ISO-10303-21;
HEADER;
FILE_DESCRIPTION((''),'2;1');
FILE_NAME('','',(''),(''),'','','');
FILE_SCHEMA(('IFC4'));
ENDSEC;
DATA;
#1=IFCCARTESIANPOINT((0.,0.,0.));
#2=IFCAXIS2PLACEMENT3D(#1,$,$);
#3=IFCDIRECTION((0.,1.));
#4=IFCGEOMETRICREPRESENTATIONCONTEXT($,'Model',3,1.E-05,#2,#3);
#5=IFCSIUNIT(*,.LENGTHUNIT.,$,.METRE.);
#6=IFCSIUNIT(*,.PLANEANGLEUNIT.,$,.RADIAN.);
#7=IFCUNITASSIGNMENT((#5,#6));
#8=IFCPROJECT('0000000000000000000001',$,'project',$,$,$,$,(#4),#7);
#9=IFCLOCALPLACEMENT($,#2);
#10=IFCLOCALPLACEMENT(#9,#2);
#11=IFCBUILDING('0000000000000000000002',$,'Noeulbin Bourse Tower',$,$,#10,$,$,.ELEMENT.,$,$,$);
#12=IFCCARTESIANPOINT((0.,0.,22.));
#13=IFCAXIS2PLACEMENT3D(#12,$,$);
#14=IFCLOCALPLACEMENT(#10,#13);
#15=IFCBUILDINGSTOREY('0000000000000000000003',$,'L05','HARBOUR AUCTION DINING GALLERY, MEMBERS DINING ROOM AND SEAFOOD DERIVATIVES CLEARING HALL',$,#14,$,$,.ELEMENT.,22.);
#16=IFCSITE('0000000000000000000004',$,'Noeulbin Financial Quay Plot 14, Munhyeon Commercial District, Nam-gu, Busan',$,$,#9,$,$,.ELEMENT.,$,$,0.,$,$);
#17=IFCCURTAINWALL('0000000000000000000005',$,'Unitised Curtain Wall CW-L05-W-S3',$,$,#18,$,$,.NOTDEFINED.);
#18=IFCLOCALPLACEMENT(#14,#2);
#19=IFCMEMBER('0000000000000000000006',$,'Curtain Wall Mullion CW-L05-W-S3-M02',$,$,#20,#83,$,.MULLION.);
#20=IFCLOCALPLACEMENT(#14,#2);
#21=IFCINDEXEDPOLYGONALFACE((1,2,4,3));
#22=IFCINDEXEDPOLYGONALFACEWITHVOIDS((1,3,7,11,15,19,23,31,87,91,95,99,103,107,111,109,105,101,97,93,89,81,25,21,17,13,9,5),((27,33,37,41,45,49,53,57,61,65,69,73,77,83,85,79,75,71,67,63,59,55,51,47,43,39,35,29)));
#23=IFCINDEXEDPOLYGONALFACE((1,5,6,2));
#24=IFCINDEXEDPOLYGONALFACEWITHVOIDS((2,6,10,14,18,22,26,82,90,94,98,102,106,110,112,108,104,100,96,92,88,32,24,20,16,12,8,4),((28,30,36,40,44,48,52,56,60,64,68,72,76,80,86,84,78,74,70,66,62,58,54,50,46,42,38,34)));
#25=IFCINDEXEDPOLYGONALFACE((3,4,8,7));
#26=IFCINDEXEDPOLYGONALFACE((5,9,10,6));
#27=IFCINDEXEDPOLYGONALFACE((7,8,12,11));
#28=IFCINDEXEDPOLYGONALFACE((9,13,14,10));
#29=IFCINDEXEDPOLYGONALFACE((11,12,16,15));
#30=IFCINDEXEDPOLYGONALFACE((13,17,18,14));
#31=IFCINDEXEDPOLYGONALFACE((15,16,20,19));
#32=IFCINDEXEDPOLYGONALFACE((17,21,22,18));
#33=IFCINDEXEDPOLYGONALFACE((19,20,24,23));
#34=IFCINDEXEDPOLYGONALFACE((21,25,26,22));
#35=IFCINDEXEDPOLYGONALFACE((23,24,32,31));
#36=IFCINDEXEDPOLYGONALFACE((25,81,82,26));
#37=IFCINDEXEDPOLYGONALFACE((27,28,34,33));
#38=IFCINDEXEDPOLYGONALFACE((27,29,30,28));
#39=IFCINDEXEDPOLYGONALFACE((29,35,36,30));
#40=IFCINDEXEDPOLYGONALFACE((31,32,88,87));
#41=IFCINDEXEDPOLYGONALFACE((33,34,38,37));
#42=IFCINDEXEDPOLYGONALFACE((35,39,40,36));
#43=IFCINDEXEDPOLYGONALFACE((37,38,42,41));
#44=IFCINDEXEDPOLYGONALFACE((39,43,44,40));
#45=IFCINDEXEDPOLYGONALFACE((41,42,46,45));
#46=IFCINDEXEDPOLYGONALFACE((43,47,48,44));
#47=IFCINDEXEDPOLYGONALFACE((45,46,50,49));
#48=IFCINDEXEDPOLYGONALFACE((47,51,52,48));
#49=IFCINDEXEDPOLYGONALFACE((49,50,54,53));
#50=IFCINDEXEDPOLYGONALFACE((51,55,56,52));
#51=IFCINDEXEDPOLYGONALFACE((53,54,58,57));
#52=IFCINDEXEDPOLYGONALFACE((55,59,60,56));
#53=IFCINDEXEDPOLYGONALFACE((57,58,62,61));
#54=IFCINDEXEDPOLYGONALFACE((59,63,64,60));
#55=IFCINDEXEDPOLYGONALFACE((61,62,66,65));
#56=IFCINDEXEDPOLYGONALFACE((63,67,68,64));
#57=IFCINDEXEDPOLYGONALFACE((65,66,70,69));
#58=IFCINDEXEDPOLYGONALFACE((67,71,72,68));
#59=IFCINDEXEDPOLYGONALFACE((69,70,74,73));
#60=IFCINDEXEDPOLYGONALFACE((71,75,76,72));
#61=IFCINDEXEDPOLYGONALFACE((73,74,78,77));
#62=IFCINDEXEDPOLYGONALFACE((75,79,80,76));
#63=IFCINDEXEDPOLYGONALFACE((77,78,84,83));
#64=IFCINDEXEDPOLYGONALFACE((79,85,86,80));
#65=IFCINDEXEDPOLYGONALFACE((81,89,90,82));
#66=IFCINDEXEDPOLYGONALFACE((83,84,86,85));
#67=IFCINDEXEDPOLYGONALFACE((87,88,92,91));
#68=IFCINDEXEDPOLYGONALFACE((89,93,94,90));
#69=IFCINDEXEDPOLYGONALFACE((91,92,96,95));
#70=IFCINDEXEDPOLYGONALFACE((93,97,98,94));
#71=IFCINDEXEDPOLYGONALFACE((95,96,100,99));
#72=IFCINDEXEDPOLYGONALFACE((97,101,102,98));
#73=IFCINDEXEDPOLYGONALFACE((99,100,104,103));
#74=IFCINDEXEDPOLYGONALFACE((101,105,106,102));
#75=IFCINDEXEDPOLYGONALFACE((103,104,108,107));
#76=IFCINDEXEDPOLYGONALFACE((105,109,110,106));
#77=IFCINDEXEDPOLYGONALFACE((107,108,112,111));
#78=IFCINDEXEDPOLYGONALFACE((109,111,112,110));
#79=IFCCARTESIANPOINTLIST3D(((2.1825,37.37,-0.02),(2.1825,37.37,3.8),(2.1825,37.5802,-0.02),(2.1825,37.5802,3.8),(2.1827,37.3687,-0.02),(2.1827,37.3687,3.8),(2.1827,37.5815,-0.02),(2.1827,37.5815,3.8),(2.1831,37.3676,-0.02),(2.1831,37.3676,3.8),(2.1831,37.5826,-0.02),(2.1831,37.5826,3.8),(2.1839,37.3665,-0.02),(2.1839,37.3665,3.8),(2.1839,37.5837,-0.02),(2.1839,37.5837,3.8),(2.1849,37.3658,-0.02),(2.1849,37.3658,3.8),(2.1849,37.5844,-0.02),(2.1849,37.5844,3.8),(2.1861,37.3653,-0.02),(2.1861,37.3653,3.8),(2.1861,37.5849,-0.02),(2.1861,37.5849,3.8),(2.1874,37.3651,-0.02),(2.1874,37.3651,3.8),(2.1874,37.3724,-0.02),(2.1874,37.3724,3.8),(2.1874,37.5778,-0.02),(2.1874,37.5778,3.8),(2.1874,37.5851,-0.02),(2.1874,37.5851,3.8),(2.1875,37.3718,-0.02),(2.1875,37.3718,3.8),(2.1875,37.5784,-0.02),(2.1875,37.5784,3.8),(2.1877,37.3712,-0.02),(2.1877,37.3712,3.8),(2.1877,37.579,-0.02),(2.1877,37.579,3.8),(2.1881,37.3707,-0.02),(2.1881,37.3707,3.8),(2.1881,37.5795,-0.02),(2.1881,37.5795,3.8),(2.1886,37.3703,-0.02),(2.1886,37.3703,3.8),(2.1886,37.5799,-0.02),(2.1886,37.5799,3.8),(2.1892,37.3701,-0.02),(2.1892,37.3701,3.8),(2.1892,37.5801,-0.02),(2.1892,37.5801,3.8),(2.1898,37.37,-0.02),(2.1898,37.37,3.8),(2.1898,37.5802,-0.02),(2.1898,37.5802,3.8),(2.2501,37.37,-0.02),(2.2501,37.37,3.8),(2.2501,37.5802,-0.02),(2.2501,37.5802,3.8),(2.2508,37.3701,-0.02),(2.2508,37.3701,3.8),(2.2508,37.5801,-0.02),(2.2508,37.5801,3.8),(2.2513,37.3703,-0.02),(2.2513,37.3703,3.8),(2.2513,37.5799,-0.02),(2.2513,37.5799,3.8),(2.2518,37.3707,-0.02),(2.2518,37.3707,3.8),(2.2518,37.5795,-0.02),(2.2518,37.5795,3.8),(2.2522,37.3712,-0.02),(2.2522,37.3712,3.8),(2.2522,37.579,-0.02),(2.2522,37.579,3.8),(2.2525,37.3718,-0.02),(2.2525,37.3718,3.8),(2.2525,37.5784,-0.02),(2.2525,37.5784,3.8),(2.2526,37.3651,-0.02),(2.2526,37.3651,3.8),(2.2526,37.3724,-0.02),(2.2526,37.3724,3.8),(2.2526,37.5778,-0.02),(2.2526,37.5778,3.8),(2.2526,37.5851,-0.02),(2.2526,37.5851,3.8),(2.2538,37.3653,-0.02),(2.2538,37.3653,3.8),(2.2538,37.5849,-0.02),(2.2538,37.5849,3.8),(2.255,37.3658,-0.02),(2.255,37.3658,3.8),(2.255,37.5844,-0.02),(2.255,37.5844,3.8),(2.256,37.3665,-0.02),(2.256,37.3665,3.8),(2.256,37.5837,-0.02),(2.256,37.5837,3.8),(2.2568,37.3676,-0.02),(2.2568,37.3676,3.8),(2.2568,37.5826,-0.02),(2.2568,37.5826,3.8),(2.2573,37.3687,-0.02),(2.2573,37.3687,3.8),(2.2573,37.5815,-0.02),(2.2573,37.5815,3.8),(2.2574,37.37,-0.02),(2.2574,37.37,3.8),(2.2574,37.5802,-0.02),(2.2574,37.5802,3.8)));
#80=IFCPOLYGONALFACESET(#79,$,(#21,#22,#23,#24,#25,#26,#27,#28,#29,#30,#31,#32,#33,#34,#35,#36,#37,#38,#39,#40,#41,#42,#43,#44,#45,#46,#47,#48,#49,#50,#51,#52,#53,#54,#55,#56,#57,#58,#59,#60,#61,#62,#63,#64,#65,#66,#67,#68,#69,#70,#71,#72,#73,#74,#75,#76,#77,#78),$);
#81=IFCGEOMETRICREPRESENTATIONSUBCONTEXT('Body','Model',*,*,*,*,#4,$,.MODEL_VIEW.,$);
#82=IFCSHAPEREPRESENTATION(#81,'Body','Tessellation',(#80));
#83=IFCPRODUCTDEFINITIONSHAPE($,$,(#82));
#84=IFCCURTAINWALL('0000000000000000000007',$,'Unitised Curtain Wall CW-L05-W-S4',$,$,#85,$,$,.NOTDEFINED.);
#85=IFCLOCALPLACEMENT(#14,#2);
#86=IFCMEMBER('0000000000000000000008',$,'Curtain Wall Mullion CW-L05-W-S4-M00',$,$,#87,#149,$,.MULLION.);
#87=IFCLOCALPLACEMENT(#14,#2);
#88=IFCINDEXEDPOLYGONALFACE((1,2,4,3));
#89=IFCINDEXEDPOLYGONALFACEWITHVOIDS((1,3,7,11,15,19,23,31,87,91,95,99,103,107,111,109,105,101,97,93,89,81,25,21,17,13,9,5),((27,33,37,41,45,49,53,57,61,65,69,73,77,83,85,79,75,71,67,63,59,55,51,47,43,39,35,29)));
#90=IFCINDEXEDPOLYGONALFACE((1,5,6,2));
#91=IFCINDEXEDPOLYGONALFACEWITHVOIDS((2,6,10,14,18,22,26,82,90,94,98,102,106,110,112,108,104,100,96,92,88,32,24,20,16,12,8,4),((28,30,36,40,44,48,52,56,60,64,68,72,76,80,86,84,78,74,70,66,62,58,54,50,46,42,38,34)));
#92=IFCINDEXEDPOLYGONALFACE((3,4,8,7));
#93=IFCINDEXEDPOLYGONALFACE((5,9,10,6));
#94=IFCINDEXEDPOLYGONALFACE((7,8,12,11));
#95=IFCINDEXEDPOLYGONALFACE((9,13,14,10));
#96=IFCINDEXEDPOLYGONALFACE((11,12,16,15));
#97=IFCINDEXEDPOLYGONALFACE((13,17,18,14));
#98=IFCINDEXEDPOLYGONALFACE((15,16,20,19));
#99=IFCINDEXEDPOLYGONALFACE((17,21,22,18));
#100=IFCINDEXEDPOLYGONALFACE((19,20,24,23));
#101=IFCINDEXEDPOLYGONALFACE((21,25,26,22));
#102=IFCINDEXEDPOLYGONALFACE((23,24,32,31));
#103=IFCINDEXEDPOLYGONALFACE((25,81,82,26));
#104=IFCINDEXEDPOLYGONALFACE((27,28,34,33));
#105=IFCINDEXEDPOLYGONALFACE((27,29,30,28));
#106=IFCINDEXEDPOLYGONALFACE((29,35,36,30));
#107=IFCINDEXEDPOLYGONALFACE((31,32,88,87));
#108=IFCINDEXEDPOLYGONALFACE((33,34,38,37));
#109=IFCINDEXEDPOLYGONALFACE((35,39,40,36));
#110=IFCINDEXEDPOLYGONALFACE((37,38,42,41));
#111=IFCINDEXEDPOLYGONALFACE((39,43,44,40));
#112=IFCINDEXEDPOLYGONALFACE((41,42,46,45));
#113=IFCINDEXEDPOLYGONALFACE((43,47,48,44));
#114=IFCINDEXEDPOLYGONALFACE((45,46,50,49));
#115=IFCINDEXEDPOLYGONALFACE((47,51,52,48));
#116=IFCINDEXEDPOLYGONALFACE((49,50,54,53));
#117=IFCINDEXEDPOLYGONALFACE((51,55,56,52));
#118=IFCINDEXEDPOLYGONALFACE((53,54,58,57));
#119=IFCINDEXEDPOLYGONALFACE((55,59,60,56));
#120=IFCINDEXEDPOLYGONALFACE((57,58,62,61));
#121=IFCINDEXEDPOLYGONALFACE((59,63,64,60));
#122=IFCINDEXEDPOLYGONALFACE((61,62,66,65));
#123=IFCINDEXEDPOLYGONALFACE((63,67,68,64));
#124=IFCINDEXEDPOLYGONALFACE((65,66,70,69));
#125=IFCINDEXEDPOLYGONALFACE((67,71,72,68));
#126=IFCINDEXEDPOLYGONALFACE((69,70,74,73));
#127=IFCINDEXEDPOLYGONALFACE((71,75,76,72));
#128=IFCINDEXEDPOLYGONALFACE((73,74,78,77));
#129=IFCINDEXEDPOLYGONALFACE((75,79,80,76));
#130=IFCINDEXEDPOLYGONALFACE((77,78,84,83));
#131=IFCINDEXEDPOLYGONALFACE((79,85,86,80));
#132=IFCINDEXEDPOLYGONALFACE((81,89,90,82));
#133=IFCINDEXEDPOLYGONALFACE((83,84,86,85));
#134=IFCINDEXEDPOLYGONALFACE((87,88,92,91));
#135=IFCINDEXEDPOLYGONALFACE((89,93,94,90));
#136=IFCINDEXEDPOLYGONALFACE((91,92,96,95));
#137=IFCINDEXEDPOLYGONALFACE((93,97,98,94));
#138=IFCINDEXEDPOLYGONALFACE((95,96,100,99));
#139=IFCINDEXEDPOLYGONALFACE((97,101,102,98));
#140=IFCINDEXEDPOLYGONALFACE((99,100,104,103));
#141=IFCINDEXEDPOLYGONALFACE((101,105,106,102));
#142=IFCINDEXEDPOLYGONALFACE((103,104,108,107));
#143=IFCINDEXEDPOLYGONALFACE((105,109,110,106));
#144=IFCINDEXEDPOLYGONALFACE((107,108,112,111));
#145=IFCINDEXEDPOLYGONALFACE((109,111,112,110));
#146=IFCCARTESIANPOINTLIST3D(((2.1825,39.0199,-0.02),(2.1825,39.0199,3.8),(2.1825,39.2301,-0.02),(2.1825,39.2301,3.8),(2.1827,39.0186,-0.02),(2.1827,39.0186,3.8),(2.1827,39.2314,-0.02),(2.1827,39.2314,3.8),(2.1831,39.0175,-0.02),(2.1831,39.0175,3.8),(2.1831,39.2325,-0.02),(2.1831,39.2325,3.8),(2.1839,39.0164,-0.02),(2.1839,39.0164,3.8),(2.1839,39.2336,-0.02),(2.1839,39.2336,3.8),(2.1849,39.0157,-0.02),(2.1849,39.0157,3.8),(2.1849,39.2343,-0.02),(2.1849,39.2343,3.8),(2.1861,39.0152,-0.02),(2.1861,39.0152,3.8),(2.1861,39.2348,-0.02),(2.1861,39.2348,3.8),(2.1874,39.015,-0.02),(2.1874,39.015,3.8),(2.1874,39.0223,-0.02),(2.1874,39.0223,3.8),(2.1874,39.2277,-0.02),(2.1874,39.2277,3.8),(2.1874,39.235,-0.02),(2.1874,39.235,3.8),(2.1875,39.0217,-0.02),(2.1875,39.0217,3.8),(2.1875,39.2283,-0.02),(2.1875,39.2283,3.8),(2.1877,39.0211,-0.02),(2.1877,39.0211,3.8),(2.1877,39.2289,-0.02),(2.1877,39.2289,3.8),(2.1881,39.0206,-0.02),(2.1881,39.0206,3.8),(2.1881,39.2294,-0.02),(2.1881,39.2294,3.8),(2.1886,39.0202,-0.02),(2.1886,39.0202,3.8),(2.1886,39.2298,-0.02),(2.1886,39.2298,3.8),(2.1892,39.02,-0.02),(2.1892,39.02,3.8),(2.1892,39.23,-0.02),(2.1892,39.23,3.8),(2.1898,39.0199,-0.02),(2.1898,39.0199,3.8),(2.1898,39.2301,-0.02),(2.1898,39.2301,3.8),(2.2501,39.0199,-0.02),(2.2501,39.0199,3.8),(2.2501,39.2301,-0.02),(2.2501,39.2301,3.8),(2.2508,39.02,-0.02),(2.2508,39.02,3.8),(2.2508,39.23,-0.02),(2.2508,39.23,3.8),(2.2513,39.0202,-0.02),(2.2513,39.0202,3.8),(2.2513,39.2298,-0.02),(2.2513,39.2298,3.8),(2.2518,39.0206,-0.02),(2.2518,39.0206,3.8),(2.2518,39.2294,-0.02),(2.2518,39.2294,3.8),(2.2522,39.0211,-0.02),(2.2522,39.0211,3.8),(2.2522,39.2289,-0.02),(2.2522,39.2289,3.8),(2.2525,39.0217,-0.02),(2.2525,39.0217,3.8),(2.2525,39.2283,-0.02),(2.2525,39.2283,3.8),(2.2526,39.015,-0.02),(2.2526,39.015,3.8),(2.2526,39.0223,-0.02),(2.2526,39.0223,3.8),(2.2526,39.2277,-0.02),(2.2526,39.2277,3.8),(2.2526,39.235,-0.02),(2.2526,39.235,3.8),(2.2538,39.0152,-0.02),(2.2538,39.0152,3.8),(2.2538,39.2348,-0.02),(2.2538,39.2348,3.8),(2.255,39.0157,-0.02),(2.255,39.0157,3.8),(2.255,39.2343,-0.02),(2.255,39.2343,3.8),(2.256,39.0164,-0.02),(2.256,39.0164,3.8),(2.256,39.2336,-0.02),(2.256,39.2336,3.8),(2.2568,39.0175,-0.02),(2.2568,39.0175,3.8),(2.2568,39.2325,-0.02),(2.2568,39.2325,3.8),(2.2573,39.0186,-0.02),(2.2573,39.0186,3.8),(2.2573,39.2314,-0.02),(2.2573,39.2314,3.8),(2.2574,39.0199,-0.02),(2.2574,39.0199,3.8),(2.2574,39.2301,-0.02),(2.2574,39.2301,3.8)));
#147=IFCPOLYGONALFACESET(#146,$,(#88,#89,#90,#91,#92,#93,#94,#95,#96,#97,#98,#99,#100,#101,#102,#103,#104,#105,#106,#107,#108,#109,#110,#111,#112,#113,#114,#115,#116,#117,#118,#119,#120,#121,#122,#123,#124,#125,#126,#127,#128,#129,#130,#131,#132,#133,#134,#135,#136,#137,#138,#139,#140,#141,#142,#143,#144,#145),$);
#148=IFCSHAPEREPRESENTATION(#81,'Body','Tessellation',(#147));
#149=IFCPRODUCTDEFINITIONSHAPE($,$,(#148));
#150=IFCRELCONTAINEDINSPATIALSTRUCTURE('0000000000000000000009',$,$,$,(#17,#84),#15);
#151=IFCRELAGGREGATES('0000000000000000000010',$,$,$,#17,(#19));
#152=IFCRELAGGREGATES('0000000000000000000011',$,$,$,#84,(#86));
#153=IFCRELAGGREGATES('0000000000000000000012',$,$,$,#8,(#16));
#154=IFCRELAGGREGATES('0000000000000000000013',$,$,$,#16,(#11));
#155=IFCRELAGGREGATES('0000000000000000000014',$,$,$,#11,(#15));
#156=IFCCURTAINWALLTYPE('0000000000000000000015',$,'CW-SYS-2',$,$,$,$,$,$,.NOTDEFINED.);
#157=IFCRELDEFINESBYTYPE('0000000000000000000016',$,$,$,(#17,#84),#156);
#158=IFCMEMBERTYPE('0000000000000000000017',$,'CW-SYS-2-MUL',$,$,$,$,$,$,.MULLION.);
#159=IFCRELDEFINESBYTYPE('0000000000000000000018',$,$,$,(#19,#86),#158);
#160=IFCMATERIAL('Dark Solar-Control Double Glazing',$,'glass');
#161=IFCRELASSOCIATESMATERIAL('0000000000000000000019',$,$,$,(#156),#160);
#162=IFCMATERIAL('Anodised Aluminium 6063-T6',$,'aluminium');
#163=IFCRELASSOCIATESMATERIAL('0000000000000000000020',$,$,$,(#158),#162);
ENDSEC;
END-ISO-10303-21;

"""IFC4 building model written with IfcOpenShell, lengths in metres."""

from ifc_helpers import new_model, si_unit, direction, frame, origin, origin_2d, place, context, subcontext, project, spatial, hollow_rectangle, extrude, material, material_profile, profile_set, type_object, element, aggregate, save


model = new_model("IFC4")

# Units and contexts
model_context = context("Model", 3, precision=1e-05, world=origin(), true_north=direction((0.0, 1.0)))
body_context = subcontext(model_context, "Body", "Model", "MODEL_VIEW")
ifc_project = project(units=[si_unit("LENGTHUNIT", "METRE"), si_unit("PLANEANGLEUNIT", "RADIAN")], contexts=[model_context])

# Site, building, storey
site_placement = place(None, origin())
site = spatial("IfcSite", under=ifc_project, at=site_placement, Name="Noeulbin Financial Quay Plot 14, Munhyeon Commercial District, Nam-gu, Busan", CompositionType="ELEMENT", RefElevation=0.0)
building_placement = place(site_placement, origin())
building = spatial("IfcBuilding", under=site, at=building_placement, Name="Noeulbin Bourse Tower", CompositionType="ELEMENT")
storey_placement = place(building_placement, frame((0.0, 0.0, 22.0)))
storey = spatial("IfcBuildingStorey", under=building, at=storey_placement, Name="L05", Description="HARBOUR AUCTION DINING GALLERY, MEMBERS DINING ROOM AND SEAFOOD DERIVATIVES CLEARING HALL", CompositionType="ELEMENT", Elevation=22.0)

# Curtain wall, member
ifc_material_1 = material(Name="Dark Solar-Control Double Glazing", Category="glass")
curtain_wall_type = type_object("IfcCurtainWallType", Name="CW-SYS-2", PredefinedType="NOTDEFINED", material=ifc_material_1)
ifc_material_2 = material(Name="Anodised Aluminium 6063-T6", Category="aluminium")
ifc_material_profile_1 = material_profile(ifc_material_2, hollow_rectangle(XDim=0.075, YDim=0.22, WallThickness=0.0049, InnerFilletRadius=0.0024, OuterFilletRadius=0.0049, at=origin_2d()), Name="ALU-MULL-75x220x5", Category="LoadBearing")
ifc_profile_set_1 = profile_set([ifc_material_profile_1], Name="Anodised Aluminium 6063-T6")
member_type_1 = type_object("IfcMemberType", Name="CW-SYS-2-MUL", PredefinedType="MULLION", material=ifc_profile_set_1)
curtain_wall_1_placement = place(storey_placement, origin())
curtain_wall_1 = element("IfcCurtainWall", 1, at=curtain_wall_1_placement, inside=storey, type_object=curtain_wall_type, Name="Unitised Curtain Wall CW-L05-W-S3", PredefinedType="NOTDEFINED")
member_1_placement = place(storey_placement, frame((2.22, 37.4751, -0.02), z_axis=(0.0, 0.0, 1.0), x_axis=(1.0, 0.0, 0.0)))
member_1 = element("IfcMember", 2, at=member_1_placement, type_object=member_type_1, Name="Curtain Wall Mullion CW-L05-W-S3-M02", PredefinedType="MULLION", context=body_context, shape_type="SweptSolid", body=[
    extrude(hollow_rectangle(XDim=0.075, YDim=0.22, WallThickness=0.0049, InnerFilletRadius=0.0024, OuterFilletRadius=0.0049, at=origin_2d()), origin(), (0.0, 0.0, 1.0), 3.8201),
])
aggregate(curtain_wall_1, [member_1])

# Curtain wall, member
curtain_wall_2_placement = place(storey_placement, origin())
curtain_wall_2 = element("IfcCurtainWall", 3, at=curtain_wall_2_placement, inside=storey, type_object=curtain_wall_type, Name="Unitised Curtain Wall CW-L05-W-S4", PredefinedType="NOTDEFINED")
member_2_placement = place(storey_placement, frame((2.22, 39.125, -0.02), z_axis=(0.0, 0.0, 1.0), x_axis=(1.0, 0.0, 0.0)))
member_2 = element("IfcMember", 4, at=member_2_placement, type_object=member_type_1, Name="Curtain Wall Mullion CW-L05-W-S4-M00", PredefinedType="MULLION", context=body_context, shape_type="SweptSolid", body=[
    extrude(hollow_rectangle(XDim=0.075, YDim=0.22, WallThickness=0.0049, InnerFilletRadius=0.0024, OuterFilletRadius=0.0049, at=origin_2d()), origin(), (0.0, 0.0, 1.0), 3.8201),
])

aggregate(curtain_wall_2, [member_2])

save(model, "model.ifc")
